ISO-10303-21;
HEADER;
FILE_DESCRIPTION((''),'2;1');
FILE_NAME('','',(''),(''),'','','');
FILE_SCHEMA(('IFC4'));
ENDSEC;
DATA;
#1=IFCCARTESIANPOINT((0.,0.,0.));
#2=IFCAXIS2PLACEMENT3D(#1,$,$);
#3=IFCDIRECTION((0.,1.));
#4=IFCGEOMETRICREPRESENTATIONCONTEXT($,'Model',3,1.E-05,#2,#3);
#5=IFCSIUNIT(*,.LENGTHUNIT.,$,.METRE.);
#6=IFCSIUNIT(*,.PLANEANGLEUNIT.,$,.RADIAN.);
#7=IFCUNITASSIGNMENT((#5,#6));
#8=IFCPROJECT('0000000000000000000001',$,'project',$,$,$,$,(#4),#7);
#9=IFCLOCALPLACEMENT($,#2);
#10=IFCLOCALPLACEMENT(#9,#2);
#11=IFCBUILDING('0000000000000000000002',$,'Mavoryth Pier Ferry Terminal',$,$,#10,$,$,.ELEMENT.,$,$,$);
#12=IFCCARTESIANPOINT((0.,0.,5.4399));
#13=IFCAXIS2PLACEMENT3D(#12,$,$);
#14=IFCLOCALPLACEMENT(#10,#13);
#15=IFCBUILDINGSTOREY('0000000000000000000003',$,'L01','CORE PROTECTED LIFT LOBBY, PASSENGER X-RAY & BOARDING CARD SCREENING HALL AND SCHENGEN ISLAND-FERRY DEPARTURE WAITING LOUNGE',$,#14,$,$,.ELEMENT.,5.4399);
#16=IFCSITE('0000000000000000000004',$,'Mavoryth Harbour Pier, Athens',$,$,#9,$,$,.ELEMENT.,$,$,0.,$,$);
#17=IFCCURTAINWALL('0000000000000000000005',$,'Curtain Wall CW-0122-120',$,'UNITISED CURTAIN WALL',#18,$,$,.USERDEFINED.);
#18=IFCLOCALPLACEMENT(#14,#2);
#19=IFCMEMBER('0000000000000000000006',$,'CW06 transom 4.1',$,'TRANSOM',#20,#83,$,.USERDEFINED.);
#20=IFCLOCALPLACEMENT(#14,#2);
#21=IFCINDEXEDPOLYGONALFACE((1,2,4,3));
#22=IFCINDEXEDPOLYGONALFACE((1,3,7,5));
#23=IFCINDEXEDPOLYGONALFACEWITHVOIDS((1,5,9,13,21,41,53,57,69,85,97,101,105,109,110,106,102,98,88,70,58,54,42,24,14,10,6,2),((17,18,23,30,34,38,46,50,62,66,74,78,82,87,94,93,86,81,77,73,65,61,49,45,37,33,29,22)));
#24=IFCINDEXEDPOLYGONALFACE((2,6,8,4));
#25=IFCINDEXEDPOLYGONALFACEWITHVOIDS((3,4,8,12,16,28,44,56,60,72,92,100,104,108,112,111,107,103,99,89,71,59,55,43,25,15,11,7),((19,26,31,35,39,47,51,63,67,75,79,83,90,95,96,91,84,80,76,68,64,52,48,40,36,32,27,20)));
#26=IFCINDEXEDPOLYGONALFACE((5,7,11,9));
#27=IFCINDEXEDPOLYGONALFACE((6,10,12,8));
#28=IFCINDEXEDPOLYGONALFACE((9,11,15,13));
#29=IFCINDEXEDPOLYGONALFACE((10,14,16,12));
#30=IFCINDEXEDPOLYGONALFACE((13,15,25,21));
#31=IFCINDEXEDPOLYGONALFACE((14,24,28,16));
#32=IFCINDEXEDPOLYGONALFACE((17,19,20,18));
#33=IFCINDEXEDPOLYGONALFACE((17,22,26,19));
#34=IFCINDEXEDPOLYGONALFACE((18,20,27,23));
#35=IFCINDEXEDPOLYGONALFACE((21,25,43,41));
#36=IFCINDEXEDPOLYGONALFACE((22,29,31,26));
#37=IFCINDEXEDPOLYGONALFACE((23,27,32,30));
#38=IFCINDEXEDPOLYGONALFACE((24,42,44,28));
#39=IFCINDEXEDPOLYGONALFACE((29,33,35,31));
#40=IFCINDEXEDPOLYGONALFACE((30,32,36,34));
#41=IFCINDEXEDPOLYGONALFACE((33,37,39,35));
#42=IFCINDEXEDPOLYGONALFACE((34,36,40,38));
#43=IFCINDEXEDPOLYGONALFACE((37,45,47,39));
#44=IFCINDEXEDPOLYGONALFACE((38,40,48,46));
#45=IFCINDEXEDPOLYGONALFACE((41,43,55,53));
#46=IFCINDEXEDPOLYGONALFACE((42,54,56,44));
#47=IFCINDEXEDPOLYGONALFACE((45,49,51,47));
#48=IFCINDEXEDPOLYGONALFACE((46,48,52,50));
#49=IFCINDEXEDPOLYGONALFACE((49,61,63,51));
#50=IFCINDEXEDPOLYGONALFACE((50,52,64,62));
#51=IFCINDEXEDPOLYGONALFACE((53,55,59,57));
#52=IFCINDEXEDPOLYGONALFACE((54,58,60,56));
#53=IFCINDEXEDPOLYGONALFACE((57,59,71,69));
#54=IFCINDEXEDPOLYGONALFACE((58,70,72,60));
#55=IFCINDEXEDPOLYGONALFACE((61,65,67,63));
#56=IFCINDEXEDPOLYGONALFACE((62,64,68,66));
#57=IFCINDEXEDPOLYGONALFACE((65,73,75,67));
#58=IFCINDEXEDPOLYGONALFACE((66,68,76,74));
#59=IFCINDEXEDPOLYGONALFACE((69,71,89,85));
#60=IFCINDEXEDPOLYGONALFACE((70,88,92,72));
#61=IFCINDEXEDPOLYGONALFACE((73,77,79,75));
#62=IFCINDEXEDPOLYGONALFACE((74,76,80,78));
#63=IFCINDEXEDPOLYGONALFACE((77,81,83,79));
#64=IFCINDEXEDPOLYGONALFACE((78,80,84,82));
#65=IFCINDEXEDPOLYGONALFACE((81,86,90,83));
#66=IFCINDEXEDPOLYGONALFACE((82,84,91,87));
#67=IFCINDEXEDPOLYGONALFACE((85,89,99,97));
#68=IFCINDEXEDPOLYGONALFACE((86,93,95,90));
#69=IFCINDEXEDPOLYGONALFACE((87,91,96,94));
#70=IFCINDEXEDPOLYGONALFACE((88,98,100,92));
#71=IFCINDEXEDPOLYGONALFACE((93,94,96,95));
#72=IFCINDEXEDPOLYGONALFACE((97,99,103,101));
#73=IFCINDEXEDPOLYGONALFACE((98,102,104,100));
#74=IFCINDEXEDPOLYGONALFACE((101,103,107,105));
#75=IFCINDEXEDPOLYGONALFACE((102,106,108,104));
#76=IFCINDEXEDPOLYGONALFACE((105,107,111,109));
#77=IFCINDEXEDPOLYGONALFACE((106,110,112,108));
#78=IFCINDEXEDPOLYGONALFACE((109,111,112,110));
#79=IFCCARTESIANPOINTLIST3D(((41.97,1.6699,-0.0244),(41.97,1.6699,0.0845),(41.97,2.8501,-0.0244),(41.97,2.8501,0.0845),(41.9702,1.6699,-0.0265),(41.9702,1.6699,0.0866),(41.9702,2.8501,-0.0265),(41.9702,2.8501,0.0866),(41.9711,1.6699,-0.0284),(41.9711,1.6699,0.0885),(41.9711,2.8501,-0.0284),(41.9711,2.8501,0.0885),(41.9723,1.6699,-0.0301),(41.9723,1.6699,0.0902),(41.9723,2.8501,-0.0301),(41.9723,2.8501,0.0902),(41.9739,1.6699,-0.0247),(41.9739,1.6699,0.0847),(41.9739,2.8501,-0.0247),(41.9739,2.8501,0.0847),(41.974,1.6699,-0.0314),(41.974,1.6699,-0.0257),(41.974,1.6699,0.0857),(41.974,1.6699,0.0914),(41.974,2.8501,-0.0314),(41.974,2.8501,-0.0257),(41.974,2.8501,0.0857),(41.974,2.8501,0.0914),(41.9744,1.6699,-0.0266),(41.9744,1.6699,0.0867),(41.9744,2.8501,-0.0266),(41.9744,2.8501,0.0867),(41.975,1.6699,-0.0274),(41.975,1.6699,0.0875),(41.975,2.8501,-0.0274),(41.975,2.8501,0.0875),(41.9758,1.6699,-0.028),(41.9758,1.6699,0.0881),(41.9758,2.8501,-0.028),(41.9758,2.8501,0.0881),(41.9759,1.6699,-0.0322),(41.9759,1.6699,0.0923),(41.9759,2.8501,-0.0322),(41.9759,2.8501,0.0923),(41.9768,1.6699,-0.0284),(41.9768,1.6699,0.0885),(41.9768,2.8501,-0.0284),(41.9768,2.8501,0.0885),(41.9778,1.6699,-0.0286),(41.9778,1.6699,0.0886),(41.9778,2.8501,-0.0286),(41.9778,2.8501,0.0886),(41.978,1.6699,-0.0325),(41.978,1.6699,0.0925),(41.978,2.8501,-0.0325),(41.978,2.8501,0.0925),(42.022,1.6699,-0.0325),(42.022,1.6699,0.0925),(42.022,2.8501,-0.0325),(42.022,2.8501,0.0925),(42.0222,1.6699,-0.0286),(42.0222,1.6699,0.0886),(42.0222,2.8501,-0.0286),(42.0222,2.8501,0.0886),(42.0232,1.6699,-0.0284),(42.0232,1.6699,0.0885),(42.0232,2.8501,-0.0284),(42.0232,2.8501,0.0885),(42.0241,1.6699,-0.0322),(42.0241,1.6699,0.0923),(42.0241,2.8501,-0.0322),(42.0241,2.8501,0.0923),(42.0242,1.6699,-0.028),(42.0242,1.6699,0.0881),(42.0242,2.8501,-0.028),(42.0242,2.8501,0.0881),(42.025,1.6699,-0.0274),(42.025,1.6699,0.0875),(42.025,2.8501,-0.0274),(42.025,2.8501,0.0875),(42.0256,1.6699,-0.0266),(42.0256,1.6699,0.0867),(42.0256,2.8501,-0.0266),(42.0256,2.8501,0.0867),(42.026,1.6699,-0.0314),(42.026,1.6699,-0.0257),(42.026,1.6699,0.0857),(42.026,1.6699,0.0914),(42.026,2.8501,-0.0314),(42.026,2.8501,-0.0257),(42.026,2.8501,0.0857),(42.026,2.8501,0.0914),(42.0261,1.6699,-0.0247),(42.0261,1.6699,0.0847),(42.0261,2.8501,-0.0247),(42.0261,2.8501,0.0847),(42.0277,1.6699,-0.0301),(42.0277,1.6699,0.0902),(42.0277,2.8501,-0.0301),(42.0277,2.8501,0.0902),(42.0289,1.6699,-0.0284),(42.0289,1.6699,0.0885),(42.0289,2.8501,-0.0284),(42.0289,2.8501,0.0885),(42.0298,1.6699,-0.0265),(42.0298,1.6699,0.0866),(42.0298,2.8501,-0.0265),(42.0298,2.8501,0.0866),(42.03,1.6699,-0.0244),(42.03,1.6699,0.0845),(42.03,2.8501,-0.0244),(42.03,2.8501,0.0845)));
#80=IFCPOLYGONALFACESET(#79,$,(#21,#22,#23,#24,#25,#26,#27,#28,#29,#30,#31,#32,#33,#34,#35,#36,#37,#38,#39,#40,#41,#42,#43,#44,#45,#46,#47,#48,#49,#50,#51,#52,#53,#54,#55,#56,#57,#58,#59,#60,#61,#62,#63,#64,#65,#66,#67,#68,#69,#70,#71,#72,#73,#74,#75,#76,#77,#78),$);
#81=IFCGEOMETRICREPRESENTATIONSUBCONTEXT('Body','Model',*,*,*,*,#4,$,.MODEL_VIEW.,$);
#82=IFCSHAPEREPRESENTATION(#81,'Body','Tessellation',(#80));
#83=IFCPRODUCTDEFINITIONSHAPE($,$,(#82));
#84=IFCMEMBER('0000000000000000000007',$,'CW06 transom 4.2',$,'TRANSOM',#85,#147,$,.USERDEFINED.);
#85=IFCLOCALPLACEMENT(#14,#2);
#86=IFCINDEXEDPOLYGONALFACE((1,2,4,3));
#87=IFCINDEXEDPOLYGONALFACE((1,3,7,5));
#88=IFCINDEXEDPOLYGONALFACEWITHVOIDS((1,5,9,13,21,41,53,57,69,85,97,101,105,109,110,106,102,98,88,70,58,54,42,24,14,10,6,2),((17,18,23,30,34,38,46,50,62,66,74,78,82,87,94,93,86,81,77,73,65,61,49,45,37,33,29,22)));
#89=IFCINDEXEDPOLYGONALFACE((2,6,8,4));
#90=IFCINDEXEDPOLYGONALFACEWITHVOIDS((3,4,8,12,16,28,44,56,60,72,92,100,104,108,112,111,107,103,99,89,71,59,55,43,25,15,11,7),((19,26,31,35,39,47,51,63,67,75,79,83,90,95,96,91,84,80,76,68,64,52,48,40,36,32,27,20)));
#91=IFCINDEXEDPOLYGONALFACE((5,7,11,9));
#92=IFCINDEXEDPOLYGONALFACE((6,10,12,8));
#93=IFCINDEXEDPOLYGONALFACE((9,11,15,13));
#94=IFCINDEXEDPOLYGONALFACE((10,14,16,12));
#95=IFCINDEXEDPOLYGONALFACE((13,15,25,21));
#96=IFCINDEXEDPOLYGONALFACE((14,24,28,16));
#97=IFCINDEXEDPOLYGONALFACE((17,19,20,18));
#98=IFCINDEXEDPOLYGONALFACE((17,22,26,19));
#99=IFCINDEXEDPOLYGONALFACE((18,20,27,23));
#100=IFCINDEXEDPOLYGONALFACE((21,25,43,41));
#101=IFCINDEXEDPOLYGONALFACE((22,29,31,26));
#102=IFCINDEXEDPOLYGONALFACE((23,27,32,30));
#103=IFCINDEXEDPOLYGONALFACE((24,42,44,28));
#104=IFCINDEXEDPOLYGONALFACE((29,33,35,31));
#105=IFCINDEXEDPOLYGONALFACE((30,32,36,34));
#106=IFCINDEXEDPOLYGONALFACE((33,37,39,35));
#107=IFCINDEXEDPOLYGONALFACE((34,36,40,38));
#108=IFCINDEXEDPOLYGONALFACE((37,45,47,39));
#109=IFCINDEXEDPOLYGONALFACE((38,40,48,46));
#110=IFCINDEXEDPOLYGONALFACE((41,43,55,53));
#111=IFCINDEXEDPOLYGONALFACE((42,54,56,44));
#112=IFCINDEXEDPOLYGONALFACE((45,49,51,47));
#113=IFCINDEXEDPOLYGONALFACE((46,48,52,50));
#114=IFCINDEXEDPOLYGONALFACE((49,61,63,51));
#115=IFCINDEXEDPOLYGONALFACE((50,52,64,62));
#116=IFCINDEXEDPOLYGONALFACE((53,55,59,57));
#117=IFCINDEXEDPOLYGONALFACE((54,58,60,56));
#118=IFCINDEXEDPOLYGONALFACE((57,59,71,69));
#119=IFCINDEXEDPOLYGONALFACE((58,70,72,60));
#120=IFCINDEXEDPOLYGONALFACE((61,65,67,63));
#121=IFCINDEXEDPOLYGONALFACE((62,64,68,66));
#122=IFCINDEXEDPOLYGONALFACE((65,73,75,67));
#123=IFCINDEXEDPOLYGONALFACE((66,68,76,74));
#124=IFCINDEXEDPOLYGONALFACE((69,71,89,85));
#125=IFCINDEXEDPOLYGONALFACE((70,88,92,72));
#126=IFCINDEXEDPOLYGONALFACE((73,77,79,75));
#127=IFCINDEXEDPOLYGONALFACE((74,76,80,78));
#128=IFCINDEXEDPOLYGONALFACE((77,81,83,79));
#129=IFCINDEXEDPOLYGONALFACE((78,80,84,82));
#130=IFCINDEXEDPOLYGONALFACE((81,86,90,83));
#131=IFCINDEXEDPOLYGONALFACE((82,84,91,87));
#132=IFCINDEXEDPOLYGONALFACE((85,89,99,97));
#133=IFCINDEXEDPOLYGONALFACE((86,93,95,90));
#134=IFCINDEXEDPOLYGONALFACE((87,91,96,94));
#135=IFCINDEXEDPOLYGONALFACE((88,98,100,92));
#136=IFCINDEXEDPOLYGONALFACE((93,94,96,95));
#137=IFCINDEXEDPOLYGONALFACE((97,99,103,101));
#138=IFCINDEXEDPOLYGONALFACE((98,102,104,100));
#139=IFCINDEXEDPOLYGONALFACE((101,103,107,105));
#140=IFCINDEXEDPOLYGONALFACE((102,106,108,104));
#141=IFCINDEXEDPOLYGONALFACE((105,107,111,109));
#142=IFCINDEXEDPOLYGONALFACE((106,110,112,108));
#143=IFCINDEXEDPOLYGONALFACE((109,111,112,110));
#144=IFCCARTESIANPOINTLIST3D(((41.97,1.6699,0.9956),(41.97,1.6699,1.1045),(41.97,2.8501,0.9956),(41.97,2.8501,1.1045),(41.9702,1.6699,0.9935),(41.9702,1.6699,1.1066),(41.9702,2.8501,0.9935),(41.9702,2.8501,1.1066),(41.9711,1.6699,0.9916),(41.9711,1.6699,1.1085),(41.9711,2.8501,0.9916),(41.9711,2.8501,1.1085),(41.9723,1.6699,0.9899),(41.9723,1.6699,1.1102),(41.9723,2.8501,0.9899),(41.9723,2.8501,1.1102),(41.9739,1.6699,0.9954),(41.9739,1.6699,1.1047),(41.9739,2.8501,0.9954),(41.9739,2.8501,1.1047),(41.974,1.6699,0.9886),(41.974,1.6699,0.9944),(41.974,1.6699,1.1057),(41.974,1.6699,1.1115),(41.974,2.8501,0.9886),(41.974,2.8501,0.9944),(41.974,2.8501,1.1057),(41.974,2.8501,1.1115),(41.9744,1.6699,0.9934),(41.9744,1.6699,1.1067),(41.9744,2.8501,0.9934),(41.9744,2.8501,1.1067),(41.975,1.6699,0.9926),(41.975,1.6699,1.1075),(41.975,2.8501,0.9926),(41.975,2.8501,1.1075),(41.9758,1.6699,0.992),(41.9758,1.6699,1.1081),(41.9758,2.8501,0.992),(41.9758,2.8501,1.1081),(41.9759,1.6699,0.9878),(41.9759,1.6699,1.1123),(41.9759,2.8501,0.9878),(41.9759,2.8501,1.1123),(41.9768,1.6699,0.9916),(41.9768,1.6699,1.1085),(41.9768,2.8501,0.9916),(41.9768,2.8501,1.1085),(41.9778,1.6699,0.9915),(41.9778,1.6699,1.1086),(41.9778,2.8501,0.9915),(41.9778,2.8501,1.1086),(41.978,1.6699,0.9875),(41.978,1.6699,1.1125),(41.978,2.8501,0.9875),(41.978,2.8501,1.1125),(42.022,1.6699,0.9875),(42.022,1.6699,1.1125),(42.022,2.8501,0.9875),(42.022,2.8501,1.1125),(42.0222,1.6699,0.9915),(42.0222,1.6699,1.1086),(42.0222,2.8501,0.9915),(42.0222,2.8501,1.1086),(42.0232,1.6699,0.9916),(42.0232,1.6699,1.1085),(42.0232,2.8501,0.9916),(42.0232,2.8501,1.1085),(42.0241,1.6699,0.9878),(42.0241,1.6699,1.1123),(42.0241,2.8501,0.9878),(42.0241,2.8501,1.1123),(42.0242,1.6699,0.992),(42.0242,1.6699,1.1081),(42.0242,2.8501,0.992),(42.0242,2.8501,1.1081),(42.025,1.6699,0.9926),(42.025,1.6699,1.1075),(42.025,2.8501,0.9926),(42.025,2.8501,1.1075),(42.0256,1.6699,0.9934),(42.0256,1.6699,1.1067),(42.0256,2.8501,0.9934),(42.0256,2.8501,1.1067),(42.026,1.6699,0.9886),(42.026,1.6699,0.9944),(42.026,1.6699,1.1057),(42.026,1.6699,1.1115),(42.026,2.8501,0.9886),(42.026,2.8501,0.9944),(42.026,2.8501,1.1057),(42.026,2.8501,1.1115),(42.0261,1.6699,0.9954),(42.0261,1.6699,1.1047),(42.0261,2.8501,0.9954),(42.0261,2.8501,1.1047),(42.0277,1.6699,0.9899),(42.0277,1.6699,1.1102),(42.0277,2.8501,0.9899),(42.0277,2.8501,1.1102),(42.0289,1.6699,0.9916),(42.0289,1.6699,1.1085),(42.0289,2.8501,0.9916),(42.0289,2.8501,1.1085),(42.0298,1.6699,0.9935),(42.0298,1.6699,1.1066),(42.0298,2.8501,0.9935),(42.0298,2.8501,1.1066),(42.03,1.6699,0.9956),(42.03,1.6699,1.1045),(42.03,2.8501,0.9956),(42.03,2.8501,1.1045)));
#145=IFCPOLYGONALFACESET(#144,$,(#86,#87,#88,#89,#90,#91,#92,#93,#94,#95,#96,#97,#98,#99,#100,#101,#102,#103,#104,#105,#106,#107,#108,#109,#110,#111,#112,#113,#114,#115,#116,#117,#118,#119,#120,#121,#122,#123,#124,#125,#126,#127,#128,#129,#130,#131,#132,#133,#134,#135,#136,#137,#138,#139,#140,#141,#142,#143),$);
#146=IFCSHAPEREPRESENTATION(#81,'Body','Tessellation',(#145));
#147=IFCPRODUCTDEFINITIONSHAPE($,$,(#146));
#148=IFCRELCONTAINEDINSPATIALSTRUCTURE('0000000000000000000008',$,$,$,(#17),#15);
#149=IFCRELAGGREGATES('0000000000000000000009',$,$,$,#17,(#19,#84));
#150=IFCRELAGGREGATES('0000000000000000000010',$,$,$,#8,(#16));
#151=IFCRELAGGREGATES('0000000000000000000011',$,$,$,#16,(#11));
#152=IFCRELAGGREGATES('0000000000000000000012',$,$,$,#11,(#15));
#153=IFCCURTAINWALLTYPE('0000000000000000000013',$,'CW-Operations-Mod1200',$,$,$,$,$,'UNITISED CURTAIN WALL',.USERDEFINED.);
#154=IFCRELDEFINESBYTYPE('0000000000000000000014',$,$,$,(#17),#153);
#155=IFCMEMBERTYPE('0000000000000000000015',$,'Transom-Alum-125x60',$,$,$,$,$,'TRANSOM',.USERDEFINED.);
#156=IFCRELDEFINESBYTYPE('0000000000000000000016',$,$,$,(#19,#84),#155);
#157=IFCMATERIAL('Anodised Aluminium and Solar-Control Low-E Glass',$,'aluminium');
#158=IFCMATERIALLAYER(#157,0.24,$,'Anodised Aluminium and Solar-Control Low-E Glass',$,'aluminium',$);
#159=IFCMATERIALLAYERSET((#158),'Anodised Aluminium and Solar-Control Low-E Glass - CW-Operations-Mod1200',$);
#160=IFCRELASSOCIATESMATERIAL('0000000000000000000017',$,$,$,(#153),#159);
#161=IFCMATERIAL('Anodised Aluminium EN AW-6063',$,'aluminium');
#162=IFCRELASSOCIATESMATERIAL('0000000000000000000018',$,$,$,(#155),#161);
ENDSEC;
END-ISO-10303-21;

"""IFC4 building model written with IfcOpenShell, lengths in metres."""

from ifc_helpers import new_model, si_unit, direction, frame, origin, origin_2d, place, context, subcontext, project, spatial, hollow_rectangle, extrude, material, layer, layer_set, material_profile, profile_set, type_object, element, aggregate, save


model = new_model("IFC4")

# Units and contexts
model_context = context("Model", 3, precision=1e-05, world=origin(), true_north=direction((0.0, 1.0)))
body_context = subcontext(model_context, "Body", "Model", "MODEL_VIEW")
ifc_project = project(units=[si_unit("LENGTHUNIT", "METRE"), si_unit("PLANEANGLEUNIT", "RADIAN")], contexts=[model_context])

# Site, building, storey
site_placement = place(None, origin())
site = spatial("IfcSite", under=ifc_project, at=site_placement, Name="Mavoryth Harbour Pier, Athens", CompositionType="ELEMENT", RefElevation=0.0)
building_placement = place(site_placement, origin())
building = spatial("IfcBuilding", under=site, at=building_placement, Name="Mavoryth Pier Ferry Terminal", CompositionType="ELEMENT")
storey_placement = place(building_placement, frame((0.0, 0.0, 5.4399)))
storey = spatial("IfcBuildingStorey", under=building, at=storey_placement, Name="L01", Description="CORE PROTECTED LIFT LOBBY, PASSENGER X-RAY & BOARDING CARD SCREENING HALL AND SCHENGEN ISLAND-FERRY DEPARTURE WAITING LOUNGE", CompositionType="ELEMENT", Elevation=5.4399)

# Curtain wall
ifc_material_1 = material(Name="Anodised Aluminium and Solar-Control Low-E Glass", Category="aluminium")
ifc_layer_1 = layer(ifc_material_1, 0.24, Name="Anodised Aluminium and Solar-Control Low-E Glass", Category="aluminium")
ifc_layer_set_1 = layer_set([ifc_layer_1], Name="Anodised Aluminium and Solar-Control Low-E Glass - CW-Operations-Mod1200")
curtain_wall_type = type_object("IfcCurtainWallType", Name="CW-Operations-Mod1200", ElementType="UNITISED CURTAIN WALL", PredefinedType="USERDEFINED", material=ifc_layer_set_1)
curtain_wall_placement = place(storey_placement, origin())
curtain_wall = element("IfcCurtainWall", 1, at=curtain_wall_placement, inside=storey, type_object=curtain_wall_type, Name="Curtain Wall CW-0122-120", ObjectType="UNITISED CURTAIN WALL", PredefinedType="USERDEFINED")
ifc_material_2 = material(Name="Anodised Aluminium EN AW-6063", Category="aluminium")

# Members
ifc_material_profile_1 = material_profile(ifc_material_2, hollow_rectangle(XDim=0.0601, YDim=0.125, WallThickness=0.0039, InnerFilletRadius=0.0039, OuterFilletRadius=0.0081, at=origin_2d()), Name="AL-TRAN 125x60x4", Category="aluminium")
ifc_profile_set_1 = profile_set([ifc_material_profile_1], Name="Anodised Aluminium EN AW-6063 - AL-TRAN 125x60x4")
member_type_1 = type_object("IfcMemberType", Name="Transom-Alum-125x60", ElementType="TRANSOM", PredefinedType="USERDEFINED", material=ifc_profile_set_1)
member_1_placement = place(storey_placement, frame((42.0, 2.8501, 0.03), z_axis=(0.0, -1.0, 0.0), x_axis=(1.0, 0.0, 0.0)))
member_1 = element("IfcMember", 2, at=member_1_placement, type_object=member_type_1, Name="CW06 transom 4.1", ObjectType="TRANSOM", PredefinedType="USERDEFINED", context=body_context, shape_type="SweptSolid", body=[
    extrude(hollow_rectangle(XDim=0.0601, YDim=0.125, WallThickness=0.0039, InnerFilletRadius=0.0039, OuterFilletRadius=0.0081, at=origin_2d()), origin(), (0.0, 0.0, 1.0), 1.1802),
])
member_2_placement = place(storey_placement, frame((42.0, 2.8501, 1.05), z_axis=(0.0, -1.0, 0.0), x_axis=(1.0, 0.0, 0.0)))
member_2 = element("IfcMember", 3, at=member_2_placement, type_object=member_type_1, Name="CW06 transom 4.2", ObjectType="TRANSOM", PredefinedType="USERDEFINED", context=body_context, shape_type="SweptSolid", body=[
    extrude(hollow_rectangle(XDim=0.0601, YDim=0.125, WallThickness=0.0039, InnerFilletRadius=0.0039, OuterFilletRadius=0.0081, at=origin_2d()), origin(), (0.0, 0.0, 1.0), 1.1802),
])

aggregate(curtain_wall, [member_1, member_2])

save(model, "model.ifc")
